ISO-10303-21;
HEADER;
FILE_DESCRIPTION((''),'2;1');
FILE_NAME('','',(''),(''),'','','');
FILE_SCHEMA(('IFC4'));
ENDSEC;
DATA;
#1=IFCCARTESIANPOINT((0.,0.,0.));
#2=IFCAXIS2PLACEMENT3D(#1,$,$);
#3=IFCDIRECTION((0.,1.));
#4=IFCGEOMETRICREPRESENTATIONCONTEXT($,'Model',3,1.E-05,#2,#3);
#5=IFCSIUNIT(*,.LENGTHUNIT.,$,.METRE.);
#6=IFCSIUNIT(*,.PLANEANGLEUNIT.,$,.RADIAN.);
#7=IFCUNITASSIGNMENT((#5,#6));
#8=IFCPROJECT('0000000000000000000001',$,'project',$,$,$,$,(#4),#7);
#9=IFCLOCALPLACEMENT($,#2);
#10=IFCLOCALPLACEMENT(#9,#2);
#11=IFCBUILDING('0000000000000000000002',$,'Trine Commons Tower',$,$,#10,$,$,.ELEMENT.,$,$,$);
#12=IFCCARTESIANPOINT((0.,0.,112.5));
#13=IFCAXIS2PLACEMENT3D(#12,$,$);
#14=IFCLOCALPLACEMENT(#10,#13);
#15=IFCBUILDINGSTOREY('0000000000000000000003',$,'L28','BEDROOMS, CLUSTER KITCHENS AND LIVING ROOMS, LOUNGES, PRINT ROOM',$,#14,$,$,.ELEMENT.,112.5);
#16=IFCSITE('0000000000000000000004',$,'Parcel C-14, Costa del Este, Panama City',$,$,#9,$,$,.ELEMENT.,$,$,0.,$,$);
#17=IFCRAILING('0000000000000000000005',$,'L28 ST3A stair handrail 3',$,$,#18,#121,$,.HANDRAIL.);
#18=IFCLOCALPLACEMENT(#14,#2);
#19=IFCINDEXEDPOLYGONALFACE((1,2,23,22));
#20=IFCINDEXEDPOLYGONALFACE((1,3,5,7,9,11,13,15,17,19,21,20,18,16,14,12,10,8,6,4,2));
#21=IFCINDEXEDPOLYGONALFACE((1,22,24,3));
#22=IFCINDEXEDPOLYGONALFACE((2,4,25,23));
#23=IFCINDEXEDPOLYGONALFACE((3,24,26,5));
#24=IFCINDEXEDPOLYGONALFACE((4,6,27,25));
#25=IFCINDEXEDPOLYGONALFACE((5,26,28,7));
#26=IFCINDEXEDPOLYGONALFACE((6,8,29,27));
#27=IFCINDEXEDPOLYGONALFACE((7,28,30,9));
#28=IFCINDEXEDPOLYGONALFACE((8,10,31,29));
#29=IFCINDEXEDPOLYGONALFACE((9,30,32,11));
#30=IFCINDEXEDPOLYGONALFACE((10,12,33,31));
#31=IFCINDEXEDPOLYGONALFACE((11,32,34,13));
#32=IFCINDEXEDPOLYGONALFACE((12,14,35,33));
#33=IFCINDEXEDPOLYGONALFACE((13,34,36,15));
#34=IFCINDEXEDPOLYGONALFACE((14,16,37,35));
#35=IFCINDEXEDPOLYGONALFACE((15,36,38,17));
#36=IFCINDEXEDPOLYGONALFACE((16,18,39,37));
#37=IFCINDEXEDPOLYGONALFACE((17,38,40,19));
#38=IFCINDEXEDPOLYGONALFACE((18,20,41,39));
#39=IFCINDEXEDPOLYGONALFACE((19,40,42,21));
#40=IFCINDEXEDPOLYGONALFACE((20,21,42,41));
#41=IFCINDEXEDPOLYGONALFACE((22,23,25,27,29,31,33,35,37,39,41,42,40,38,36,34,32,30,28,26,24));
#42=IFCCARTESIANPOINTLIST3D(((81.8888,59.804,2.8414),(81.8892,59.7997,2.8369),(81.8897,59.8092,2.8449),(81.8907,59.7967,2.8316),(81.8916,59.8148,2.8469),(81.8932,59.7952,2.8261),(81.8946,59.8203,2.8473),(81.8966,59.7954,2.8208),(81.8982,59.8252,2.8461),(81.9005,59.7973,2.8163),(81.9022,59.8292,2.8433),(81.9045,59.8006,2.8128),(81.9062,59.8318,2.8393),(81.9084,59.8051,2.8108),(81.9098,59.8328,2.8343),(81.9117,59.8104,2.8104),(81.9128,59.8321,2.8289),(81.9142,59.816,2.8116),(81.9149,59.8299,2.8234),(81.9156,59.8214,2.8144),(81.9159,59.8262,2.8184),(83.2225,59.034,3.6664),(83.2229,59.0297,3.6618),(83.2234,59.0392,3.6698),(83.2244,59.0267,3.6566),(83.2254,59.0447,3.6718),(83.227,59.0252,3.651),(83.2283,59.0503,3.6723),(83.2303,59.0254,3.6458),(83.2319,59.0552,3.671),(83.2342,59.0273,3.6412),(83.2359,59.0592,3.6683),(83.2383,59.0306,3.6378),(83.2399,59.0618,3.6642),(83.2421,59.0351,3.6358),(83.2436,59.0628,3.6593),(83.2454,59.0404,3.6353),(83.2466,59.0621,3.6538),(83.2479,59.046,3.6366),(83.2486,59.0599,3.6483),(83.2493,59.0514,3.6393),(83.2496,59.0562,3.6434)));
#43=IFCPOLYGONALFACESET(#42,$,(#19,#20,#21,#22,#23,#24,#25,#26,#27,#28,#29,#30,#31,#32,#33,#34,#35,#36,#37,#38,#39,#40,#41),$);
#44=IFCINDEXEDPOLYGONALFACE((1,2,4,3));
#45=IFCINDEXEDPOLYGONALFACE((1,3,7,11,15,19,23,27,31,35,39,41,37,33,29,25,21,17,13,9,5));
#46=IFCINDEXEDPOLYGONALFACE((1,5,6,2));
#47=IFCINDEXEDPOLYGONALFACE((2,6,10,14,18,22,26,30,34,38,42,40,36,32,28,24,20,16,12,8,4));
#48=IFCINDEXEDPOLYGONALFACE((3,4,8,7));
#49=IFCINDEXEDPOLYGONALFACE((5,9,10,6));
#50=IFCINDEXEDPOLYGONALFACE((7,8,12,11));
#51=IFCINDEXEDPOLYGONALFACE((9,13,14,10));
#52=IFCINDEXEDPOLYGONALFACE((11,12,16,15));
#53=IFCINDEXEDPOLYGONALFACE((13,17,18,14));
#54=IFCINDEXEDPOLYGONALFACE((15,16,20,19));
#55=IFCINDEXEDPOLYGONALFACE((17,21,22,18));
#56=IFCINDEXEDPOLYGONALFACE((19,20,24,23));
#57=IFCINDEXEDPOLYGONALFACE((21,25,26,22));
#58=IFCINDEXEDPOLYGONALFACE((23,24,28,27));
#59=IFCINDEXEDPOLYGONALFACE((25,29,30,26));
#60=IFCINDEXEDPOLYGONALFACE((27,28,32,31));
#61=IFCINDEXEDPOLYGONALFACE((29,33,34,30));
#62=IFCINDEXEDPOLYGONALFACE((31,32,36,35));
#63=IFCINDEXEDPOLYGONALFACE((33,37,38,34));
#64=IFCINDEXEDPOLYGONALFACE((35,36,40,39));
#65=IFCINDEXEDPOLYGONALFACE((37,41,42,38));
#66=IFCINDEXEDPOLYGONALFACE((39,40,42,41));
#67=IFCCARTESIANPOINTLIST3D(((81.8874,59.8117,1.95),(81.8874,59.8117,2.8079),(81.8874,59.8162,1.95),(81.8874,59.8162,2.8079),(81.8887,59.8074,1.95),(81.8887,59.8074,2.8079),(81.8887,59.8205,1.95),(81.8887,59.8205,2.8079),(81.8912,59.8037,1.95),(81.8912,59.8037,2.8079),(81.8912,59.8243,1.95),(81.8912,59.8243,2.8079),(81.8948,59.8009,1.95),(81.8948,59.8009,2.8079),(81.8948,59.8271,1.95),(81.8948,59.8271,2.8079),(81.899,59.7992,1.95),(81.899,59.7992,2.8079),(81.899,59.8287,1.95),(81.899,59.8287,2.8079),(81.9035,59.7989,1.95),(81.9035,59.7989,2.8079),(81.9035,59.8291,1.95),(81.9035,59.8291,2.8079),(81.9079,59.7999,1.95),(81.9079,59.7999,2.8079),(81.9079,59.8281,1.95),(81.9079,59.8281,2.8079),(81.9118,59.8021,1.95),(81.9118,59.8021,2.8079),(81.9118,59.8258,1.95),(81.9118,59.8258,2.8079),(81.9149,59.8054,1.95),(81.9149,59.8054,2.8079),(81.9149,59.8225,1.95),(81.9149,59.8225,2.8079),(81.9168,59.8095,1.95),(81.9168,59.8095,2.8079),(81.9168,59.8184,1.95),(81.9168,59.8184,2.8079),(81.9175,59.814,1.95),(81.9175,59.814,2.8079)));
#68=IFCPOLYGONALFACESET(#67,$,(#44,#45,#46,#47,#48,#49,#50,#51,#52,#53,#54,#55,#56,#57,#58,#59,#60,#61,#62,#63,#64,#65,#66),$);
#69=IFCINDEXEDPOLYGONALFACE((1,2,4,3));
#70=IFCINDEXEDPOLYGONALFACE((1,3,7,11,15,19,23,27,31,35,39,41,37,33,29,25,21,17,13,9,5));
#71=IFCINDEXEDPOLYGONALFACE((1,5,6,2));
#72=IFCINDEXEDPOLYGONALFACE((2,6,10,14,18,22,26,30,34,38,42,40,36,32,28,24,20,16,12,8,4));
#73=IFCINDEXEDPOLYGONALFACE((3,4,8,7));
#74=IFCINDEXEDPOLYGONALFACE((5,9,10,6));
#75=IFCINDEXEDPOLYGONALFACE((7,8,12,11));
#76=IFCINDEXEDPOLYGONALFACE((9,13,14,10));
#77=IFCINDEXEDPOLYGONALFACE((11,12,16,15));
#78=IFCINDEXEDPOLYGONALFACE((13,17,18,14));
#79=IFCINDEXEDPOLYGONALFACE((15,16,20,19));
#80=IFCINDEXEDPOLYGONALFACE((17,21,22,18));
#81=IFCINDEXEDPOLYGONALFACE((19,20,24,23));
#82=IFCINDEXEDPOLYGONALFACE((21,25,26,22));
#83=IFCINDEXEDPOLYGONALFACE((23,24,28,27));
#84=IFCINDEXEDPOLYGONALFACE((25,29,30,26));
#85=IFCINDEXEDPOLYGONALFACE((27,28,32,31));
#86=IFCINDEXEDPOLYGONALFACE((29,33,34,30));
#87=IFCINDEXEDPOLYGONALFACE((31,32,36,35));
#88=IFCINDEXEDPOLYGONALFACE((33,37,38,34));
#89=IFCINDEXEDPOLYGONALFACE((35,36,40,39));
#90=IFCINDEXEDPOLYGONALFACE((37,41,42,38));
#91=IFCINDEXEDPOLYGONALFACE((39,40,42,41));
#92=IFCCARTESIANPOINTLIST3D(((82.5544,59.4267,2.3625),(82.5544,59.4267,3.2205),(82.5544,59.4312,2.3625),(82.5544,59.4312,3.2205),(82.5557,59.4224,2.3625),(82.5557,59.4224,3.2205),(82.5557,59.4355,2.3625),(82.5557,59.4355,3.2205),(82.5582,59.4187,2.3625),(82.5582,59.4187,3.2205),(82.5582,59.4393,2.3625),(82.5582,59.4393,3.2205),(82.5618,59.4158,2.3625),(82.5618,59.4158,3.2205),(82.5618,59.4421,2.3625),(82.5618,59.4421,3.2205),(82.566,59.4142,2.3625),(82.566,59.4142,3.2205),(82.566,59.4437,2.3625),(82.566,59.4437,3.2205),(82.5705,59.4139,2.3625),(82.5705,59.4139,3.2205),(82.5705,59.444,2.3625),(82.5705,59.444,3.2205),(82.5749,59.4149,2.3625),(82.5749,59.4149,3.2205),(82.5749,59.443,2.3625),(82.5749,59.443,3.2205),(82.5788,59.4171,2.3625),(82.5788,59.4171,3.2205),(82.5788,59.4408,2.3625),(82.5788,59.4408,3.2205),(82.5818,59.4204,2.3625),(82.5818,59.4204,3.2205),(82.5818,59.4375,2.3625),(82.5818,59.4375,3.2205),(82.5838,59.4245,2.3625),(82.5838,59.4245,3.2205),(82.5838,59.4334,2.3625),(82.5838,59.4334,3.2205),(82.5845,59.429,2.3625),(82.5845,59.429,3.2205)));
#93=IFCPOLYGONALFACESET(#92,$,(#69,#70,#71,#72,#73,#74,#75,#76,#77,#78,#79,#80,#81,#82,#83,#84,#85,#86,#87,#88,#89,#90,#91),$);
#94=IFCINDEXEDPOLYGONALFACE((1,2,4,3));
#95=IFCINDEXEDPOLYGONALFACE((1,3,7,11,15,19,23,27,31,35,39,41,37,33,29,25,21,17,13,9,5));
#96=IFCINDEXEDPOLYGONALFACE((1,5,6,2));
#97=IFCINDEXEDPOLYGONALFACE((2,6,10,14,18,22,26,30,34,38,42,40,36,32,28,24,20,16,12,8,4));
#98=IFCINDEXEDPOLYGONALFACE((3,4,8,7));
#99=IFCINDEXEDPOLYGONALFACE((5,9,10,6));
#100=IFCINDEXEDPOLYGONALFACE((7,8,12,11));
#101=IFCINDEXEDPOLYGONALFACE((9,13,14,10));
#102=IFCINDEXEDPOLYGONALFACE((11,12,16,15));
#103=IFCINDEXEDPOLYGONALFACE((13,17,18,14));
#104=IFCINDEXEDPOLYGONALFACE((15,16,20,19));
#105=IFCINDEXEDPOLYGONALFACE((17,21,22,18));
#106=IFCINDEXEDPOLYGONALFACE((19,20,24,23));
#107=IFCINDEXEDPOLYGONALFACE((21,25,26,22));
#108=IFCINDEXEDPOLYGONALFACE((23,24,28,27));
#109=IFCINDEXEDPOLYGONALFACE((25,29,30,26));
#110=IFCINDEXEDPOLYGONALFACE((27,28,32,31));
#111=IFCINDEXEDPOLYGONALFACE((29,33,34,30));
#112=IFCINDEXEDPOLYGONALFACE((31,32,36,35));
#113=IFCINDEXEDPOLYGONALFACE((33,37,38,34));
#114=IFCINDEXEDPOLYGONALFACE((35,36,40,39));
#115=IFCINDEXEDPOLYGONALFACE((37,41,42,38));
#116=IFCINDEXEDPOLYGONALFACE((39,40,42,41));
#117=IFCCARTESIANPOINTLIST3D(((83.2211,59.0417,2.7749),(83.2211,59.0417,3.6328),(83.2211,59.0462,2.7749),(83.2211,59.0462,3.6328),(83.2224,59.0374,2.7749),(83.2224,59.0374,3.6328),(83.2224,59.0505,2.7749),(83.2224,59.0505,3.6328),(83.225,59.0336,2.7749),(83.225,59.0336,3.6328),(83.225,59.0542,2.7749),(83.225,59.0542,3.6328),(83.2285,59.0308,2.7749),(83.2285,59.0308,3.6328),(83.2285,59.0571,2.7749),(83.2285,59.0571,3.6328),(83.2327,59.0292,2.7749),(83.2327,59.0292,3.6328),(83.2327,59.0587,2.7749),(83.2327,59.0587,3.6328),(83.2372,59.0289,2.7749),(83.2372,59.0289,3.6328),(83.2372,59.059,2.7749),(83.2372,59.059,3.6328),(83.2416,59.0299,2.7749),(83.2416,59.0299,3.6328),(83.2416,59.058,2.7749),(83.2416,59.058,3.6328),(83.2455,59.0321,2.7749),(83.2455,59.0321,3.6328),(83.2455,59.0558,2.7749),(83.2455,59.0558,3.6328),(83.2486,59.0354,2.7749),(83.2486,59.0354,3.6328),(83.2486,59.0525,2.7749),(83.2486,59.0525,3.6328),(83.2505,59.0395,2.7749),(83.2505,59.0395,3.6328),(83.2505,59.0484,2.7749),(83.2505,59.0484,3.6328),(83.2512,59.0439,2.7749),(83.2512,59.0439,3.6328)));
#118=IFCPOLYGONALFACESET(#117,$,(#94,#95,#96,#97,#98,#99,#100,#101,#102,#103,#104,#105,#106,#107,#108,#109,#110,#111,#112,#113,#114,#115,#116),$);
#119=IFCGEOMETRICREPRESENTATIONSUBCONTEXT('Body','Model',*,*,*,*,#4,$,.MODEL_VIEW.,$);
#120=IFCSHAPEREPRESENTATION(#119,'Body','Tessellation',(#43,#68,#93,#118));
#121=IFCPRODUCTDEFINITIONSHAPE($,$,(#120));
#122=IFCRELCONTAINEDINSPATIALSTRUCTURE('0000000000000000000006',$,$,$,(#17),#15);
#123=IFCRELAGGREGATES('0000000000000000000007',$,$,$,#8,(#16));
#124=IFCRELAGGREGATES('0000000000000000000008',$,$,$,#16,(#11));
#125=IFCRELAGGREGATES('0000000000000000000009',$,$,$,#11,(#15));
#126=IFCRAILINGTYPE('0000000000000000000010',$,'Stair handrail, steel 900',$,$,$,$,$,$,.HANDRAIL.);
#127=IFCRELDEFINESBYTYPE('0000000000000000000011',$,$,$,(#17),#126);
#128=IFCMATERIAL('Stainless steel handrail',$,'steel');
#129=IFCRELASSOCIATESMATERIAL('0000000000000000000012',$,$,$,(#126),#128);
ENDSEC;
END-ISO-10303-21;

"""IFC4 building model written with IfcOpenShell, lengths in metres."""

from ifc_helpers import new_model, si_unit, direction, frame, origin, origin_2d, place, context, subcontext, project, spatial, circle, extrude, material, type_object, element, save


model = new_model("IFC4")

# Units and contexts
model_context = context("Model", 3, precision=1e-05, world=origin(), true_north=direction((0.0, 1.0)))
body_context = subcontext(model_context, "Body", "Model", "MODEL_VIEW")
ifc_project = project(units=[si_unit("LENGTHUNIT", "METRE"), si_unit("PLANEANGLEUNIT", "RADIAN")], contexts=[model_context])

# Site, building, storey
site_placement = place(None, origin())
site = spatial("IfcSite", under=ifc_project, at=site_placement, Name="Parcel C-14, Costa del Este, Panama City", CompositionType="ELEMENT", RefElevation=0.0)
building_placement = place(site_placement, origin())
building = spatial("IfcBuilding", under=site, at=building_placement, Name="Trine Commons Tower", CompositionType="ELEMENT")
storey_placement = place(building_placement, frame((0.0, 0.0, 112.5)))
storey = spatial("IfcBuildingStorey", under=building, at=storey_placement, Name="L28", Description="BEDROOMS, CLUSTER KITCHENS AND LIVING ROOMS, LOUNGES, PRINT ROOM", CompositionType="ELEMENT", Elevation=112.5)

# Railing
ifc_material_1 = material(Name="Stainless steel handrail", Category="steel")
railing_type_1 = type_object("IfcRailingType", Name="Stair handrail, steel 900", PredefinedType="HANDRAIL", material=ifc_material_1)
railing_1_placement = place(storey_placement, frame((81.9023, 59.814, 1.95)))
element("IfcRailing", 1, at=railing_1_placement, inside=storey, type_object=railing_type_1, Name="L28 ST3A stair handrail 3", PredefinedType="HANDRAIL", context=body_context, shape_type="SweptSolid", body=[
    extrude(circle(Radius=0.021, at=origin_2d()), frame((0.0, 0.0, 0.8789), z_axis=(0.763405, -0.440743, 0.472185), x_axis=(0.499992, 0.86603, 0.0)), (0.0, 0.0, 1.0), 1.7471),
    extrude(circle(Radius=0.0151, at=origin_2d()), origin(), (0.0, 0.0, 1.0), 0.8579),
    extrude(circle(Radius=0.0151, at=origin_2d()), frame((0.667, -0.385, 0.4126)), (0.0, 0.0, 1.0), 0.8579),
    extrude(circle(Radius=0.0151, at=origin_2d()), frame((1.3337, -0.77, 0.825)), (0.0, 0.0, 1.0), 0.8579),
])

save(model, "model.ifc")
